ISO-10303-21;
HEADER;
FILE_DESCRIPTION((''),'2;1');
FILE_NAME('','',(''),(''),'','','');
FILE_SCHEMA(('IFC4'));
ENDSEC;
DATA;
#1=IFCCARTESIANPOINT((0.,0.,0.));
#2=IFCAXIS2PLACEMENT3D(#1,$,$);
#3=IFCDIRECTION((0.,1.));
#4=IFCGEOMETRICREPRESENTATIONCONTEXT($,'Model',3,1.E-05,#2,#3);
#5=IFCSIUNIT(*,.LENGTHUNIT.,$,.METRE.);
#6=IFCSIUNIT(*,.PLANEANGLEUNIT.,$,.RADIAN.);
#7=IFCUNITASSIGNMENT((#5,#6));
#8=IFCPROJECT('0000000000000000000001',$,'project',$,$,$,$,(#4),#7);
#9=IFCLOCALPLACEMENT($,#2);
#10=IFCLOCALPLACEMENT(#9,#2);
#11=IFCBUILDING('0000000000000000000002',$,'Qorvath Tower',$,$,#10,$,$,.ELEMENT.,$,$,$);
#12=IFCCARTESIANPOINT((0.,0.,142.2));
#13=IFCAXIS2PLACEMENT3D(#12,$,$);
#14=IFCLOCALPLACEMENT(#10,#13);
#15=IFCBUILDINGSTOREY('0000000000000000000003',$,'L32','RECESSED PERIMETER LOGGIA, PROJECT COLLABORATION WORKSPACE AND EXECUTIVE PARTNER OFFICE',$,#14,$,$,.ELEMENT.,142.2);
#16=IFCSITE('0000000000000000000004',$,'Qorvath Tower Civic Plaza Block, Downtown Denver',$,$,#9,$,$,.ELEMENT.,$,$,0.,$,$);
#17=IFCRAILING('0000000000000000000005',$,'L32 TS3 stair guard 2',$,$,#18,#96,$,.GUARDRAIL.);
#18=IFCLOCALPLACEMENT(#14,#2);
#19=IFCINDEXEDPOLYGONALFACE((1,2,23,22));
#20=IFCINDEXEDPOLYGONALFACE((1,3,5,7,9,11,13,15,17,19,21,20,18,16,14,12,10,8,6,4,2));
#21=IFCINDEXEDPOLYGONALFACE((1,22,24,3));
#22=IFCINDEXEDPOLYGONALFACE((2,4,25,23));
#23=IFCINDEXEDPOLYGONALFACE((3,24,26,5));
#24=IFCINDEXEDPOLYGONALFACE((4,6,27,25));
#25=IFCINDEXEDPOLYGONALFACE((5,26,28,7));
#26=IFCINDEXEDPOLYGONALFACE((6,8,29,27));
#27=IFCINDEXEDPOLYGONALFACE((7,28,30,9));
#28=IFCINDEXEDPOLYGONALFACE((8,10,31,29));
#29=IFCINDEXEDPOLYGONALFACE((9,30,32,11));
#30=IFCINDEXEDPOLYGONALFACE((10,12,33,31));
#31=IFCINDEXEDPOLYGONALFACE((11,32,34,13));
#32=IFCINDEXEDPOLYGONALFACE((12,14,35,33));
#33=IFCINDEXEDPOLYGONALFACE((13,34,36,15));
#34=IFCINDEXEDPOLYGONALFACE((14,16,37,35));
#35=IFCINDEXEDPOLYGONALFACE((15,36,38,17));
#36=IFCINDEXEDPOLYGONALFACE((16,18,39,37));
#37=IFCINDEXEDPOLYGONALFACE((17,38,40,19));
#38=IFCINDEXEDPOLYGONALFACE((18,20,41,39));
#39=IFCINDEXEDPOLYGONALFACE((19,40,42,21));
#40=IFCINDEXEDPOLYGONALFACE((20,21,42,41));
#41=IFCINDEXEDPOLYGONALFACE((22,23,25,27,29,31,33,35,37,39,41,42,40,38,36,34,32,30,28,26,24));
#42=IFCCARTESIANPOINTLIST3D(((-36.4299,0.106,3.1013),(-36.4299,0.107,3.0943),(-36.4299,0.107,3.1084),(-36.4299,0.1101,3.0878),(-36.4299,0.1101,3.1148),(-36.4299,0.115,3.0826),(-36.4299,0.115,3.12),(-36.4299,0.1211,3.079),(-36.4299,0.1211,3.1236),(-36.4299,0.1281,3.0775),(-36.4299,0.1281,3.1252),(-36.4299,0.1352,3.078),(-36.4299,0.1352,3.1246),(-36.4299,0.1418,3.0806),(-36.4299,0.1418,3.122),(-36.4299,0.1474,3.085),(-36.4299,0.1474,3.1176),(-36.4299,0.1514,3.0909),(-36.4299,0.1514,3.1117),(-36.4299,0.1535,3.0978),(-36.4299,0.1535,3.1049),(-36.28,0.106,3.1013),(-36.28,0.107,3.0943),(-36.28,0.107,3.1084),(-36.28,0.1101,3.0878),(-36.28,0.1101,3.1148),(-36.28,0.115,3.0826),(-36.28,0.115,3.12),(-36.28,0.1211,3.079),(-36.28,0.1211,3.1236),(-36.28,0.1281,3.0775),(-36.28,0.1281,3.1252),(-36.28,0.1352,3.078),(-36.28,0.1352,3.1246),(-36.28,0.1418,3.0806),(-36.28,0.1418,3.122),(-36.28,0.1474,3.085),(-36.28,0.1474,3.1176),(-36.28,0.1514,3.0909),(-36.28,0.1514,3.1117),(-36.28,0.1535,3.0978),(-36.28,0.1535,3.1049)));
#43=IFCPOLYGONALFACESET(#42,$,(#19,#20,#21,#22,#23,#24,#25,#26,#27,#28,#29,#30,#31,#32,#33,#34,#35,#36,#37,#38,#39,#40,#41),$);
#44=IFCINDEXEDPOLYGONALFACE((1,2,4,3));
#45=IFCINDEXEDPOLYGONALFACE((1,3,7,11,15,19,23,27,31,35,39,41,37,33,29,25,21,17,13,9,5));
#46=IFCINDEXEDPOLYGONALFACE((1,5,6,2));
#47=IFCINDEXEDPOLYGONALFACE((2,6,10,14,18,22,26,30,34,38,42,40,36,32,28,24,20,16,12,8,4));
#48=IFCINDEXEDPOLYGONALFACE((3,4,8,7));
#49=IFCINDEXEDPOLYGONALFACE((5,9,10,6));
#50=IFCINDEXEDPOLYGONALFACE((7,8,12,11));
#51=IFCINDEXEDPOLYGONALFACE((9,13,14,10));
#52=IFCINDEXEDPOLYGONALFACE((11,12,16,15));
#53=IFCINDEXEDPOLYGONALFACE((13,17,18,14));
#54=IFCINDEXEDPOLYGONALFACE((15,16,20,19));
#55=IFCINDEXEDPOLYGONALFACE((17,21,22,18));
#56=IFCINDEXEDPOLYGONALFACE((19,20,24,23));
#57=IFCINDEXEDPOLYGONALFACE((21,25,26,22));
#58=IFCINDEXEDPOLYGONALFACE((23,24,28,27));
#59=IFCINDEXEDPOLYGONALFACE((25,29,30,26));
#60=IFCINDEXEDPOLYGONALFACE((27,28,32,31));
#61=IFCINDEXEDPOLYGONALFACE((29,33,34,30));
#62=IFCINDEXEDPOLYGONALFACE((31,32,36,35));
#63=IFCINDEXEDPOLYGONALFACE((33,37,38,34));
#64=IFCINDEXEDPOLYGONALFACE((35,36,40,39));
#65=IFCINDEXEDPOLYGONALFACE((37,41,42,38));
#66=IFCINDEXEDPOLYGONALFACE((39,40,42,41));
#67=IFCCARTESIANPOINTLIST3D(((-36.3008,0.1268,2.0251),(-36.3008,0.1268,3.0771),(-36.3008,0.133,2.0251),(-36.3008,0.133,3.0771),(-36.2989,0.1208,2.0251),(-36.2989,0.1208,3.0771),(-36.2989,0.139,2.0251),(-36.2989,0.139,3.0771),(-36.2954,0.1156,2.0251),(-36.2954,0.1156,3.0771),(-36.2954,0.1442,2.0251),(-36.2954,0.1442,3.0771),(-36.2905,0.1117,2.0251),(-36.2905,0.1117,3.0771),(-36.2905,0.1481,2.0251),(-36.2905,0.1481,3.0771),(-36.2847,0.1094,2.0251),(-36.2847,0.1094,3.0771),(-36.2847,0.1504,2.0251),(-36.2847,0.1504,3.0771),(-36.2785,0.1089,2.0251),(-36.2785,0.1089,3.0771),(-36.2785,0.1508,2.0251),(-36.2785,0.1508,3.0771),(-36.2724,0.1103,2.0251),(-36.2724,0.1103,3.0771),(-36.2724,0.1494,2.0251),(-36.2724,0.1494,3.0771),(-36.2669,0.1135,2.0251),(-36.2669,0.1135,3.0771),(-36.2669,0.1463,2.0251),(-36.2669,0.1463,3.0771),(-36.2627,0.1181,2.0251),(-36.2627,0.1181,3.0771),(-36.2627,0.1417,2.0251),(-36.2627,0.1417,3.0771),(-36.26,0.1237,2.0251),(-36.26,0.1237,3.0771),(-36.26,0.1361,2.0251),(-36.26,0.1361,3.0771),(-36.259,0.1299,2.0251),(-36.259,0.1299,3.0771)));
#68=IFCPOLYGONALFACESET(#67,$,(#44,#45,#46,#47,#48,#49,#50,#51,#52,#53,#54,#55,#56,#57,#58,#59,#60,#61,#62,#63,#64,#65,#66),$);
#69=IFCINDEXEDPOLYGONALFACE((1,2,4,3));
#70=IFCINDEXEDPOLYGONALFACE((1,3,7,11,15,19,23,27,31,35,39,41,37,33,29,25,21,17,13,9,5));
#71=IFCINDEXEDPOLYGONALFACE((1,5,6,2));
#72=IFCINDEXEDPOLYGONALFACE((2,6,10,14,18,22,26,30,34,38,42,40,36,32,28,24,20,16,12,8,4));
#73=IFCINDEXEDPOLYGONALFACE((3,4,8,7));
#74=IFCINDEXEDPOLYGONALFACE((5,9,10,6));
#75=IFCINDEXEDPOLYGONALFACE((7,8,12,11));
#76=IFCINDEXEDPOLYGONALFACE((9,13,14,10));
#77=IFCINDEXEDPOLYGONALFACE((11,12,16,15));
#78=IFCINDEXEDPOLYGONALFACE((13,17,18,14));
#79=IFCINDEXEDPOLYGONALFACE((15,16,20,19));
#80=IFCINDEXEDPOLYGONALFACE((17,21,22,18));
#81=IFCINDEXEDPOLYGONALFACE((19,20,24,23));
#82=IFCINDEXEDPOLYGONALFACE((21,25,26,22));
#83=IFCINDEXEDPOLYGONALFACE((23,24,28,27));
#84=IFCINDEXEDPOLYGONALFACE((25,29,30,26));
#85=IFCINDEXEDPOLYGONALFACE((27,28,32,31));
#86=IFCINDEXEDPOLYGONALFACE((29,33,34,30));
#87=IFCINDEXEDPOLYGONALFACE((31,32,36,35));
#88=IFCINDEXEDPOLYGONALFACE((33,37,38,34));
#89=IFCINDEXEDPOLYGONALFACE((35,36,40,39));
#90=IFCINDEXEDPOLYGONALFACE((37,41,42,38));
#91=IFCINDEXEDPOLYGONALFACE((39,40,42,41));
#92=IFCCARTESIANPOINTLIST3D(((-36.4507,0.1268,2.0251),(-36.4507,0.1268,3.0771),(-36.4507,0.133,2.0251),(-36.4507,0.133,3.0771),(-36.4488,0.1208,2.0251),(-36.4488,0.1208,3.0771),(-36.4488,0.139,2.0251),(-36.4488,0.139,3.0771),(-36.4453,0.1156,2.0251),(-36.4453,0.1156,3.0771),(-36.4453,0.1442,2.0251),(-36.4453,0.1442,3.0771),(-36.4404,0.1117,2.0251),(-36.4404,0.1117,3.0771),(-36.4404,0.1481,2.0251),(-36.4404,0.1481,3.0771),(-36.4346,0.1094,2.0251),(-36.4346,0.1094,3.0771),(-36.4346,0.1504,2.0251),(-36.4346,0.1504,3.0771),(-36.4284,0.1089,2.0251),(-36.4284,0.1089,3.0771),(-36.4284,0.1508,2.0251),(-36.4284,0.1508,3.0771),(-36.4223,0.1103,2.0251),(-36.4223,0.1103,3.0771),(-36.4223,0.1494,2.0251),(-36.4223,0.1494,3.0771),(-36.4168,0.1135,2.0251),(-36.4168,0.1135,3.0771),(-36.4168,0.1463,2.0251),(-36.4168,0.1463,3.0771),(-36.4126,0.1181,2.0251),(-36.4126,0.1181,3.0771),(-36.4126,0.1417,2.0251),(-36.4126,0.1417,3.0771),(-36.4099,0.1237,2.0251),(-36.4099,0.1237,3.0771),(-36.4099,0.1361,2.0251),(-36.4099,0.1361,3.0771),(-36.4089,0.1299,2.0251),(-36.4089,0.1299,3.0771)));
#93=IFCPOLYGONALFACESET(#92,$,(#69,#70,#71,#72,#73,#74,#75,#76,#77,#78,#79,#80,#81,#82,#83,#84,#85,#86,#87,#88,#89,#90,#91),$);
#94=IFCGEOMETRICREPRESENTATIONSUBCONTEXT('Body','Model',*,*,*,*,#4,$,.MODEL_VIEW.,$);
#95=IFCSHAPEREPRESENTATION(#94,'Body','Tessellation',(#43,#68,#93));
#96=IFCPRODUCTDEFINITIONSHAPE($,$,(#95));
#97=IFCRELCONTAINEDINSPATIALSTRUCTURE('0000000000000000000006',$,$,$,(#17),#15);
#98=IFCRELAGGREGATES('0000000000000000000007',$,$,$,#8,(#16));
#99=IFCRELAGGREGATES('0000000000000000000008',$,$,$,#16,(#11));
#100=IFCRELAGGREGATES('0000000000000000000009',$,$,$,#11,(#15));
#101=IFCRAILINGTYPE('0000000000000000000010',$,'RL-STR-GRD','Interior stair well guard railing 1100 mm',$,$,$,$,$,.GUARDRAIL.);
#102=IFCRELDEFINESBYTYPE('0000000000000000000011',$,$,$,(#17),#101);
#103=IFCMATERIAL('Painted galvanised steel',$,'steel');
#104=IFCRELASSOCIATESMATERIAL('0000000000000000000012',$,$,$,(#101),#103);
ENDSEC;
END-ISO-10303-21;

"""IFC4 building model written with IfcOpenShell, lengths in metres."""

from ifc_helpers import new_model, si_unit, direction, frame, origin, origin_2d, place, context, subcontext, project, spatial, circle, extrude, material, type_object, element, save


model = new_model("IFC4")

# Units and contexts
model_context = context("Model", 3, precision=1e-05, world=origin(), true_north=direction((0.0, 1.0)))
body_context = subcontext(model_context, "Body", "Model", "MODEL_VIEW")
ifc_project = project(units=[si_unit("LENGTHUNIT", "METRE"), si_unit("PLANEANGLEUNIT", "RADIAN")], contexts=[model_context])

# Site, building, storey
site_placement = place(None, origin())
site = spatial("IfcSite", under=ifc_project, at=site_placement, Name="Qorvath Tower Civic Plaza Block, Downtown Denver", CompositionType="ELEMENT", RefElevation=0.0)
building_placement = place(site_placement, origin())
building = spatial("IfcBuilding", under=site, at=building_placement, Name="Qorvath Tower", CompositionType="ELEMENT")
storey_placement = place(building_placement, frame((0.0, 0.0, 142.2)))
storey = spatial("IfcBuildingStorey", under=building, at=storey_placement, Name="L32", Description="RECESSED PERIMETER LOGGIA, PROJECT COLLABORATION WORKSPACE AND EXECUTIVE PARTNER OFFICE", CompositionType="ELEMENT", Elevation=142.2)

# Railing
ifc_material_1 = material(Name="Painted galvanised steel", Category="steel")
railing_type = type_object("IfcRailingType", Name="RL-STR-GRD", Description="Interior stair well guard railing 1100 mm", PredefinedType="GUARDRAIL", material=ifc_material_1)
railing_1_placement = place(storey_placement, frame((-36.28, 0.1299, 2.0251)))
element("IfcRailing", 1, at=railing_1_placement, inside=storey, type_object=railing_type, Name="L32 TS3 stair guard 2", PredefinedType="GUARDRAIL", context=body_context, shape_type="SweptSolid", body=[
    extrude(circle(Radius=0.0239, at=origin_2d()), frame((0.0, 0.0, 1.0762), z_axis=(-1.0, 0.0, 0.0), x_axis=(0.0, -1.0, 0.0)), (0.0, 0.0, 1.0), 0.1499),
    extrude(circle(Radius=0.021, at=origin_2d()), origin(), (0.0, 0.0, 1.0), 1.052),
    extrude(circle(Radius=0.021, at=origin_2d()), frame((-0.1499, 0.0, 0.0)), (0.0, 0.0, 1.0), 1.052),
])

save(model, "model.ifc")
